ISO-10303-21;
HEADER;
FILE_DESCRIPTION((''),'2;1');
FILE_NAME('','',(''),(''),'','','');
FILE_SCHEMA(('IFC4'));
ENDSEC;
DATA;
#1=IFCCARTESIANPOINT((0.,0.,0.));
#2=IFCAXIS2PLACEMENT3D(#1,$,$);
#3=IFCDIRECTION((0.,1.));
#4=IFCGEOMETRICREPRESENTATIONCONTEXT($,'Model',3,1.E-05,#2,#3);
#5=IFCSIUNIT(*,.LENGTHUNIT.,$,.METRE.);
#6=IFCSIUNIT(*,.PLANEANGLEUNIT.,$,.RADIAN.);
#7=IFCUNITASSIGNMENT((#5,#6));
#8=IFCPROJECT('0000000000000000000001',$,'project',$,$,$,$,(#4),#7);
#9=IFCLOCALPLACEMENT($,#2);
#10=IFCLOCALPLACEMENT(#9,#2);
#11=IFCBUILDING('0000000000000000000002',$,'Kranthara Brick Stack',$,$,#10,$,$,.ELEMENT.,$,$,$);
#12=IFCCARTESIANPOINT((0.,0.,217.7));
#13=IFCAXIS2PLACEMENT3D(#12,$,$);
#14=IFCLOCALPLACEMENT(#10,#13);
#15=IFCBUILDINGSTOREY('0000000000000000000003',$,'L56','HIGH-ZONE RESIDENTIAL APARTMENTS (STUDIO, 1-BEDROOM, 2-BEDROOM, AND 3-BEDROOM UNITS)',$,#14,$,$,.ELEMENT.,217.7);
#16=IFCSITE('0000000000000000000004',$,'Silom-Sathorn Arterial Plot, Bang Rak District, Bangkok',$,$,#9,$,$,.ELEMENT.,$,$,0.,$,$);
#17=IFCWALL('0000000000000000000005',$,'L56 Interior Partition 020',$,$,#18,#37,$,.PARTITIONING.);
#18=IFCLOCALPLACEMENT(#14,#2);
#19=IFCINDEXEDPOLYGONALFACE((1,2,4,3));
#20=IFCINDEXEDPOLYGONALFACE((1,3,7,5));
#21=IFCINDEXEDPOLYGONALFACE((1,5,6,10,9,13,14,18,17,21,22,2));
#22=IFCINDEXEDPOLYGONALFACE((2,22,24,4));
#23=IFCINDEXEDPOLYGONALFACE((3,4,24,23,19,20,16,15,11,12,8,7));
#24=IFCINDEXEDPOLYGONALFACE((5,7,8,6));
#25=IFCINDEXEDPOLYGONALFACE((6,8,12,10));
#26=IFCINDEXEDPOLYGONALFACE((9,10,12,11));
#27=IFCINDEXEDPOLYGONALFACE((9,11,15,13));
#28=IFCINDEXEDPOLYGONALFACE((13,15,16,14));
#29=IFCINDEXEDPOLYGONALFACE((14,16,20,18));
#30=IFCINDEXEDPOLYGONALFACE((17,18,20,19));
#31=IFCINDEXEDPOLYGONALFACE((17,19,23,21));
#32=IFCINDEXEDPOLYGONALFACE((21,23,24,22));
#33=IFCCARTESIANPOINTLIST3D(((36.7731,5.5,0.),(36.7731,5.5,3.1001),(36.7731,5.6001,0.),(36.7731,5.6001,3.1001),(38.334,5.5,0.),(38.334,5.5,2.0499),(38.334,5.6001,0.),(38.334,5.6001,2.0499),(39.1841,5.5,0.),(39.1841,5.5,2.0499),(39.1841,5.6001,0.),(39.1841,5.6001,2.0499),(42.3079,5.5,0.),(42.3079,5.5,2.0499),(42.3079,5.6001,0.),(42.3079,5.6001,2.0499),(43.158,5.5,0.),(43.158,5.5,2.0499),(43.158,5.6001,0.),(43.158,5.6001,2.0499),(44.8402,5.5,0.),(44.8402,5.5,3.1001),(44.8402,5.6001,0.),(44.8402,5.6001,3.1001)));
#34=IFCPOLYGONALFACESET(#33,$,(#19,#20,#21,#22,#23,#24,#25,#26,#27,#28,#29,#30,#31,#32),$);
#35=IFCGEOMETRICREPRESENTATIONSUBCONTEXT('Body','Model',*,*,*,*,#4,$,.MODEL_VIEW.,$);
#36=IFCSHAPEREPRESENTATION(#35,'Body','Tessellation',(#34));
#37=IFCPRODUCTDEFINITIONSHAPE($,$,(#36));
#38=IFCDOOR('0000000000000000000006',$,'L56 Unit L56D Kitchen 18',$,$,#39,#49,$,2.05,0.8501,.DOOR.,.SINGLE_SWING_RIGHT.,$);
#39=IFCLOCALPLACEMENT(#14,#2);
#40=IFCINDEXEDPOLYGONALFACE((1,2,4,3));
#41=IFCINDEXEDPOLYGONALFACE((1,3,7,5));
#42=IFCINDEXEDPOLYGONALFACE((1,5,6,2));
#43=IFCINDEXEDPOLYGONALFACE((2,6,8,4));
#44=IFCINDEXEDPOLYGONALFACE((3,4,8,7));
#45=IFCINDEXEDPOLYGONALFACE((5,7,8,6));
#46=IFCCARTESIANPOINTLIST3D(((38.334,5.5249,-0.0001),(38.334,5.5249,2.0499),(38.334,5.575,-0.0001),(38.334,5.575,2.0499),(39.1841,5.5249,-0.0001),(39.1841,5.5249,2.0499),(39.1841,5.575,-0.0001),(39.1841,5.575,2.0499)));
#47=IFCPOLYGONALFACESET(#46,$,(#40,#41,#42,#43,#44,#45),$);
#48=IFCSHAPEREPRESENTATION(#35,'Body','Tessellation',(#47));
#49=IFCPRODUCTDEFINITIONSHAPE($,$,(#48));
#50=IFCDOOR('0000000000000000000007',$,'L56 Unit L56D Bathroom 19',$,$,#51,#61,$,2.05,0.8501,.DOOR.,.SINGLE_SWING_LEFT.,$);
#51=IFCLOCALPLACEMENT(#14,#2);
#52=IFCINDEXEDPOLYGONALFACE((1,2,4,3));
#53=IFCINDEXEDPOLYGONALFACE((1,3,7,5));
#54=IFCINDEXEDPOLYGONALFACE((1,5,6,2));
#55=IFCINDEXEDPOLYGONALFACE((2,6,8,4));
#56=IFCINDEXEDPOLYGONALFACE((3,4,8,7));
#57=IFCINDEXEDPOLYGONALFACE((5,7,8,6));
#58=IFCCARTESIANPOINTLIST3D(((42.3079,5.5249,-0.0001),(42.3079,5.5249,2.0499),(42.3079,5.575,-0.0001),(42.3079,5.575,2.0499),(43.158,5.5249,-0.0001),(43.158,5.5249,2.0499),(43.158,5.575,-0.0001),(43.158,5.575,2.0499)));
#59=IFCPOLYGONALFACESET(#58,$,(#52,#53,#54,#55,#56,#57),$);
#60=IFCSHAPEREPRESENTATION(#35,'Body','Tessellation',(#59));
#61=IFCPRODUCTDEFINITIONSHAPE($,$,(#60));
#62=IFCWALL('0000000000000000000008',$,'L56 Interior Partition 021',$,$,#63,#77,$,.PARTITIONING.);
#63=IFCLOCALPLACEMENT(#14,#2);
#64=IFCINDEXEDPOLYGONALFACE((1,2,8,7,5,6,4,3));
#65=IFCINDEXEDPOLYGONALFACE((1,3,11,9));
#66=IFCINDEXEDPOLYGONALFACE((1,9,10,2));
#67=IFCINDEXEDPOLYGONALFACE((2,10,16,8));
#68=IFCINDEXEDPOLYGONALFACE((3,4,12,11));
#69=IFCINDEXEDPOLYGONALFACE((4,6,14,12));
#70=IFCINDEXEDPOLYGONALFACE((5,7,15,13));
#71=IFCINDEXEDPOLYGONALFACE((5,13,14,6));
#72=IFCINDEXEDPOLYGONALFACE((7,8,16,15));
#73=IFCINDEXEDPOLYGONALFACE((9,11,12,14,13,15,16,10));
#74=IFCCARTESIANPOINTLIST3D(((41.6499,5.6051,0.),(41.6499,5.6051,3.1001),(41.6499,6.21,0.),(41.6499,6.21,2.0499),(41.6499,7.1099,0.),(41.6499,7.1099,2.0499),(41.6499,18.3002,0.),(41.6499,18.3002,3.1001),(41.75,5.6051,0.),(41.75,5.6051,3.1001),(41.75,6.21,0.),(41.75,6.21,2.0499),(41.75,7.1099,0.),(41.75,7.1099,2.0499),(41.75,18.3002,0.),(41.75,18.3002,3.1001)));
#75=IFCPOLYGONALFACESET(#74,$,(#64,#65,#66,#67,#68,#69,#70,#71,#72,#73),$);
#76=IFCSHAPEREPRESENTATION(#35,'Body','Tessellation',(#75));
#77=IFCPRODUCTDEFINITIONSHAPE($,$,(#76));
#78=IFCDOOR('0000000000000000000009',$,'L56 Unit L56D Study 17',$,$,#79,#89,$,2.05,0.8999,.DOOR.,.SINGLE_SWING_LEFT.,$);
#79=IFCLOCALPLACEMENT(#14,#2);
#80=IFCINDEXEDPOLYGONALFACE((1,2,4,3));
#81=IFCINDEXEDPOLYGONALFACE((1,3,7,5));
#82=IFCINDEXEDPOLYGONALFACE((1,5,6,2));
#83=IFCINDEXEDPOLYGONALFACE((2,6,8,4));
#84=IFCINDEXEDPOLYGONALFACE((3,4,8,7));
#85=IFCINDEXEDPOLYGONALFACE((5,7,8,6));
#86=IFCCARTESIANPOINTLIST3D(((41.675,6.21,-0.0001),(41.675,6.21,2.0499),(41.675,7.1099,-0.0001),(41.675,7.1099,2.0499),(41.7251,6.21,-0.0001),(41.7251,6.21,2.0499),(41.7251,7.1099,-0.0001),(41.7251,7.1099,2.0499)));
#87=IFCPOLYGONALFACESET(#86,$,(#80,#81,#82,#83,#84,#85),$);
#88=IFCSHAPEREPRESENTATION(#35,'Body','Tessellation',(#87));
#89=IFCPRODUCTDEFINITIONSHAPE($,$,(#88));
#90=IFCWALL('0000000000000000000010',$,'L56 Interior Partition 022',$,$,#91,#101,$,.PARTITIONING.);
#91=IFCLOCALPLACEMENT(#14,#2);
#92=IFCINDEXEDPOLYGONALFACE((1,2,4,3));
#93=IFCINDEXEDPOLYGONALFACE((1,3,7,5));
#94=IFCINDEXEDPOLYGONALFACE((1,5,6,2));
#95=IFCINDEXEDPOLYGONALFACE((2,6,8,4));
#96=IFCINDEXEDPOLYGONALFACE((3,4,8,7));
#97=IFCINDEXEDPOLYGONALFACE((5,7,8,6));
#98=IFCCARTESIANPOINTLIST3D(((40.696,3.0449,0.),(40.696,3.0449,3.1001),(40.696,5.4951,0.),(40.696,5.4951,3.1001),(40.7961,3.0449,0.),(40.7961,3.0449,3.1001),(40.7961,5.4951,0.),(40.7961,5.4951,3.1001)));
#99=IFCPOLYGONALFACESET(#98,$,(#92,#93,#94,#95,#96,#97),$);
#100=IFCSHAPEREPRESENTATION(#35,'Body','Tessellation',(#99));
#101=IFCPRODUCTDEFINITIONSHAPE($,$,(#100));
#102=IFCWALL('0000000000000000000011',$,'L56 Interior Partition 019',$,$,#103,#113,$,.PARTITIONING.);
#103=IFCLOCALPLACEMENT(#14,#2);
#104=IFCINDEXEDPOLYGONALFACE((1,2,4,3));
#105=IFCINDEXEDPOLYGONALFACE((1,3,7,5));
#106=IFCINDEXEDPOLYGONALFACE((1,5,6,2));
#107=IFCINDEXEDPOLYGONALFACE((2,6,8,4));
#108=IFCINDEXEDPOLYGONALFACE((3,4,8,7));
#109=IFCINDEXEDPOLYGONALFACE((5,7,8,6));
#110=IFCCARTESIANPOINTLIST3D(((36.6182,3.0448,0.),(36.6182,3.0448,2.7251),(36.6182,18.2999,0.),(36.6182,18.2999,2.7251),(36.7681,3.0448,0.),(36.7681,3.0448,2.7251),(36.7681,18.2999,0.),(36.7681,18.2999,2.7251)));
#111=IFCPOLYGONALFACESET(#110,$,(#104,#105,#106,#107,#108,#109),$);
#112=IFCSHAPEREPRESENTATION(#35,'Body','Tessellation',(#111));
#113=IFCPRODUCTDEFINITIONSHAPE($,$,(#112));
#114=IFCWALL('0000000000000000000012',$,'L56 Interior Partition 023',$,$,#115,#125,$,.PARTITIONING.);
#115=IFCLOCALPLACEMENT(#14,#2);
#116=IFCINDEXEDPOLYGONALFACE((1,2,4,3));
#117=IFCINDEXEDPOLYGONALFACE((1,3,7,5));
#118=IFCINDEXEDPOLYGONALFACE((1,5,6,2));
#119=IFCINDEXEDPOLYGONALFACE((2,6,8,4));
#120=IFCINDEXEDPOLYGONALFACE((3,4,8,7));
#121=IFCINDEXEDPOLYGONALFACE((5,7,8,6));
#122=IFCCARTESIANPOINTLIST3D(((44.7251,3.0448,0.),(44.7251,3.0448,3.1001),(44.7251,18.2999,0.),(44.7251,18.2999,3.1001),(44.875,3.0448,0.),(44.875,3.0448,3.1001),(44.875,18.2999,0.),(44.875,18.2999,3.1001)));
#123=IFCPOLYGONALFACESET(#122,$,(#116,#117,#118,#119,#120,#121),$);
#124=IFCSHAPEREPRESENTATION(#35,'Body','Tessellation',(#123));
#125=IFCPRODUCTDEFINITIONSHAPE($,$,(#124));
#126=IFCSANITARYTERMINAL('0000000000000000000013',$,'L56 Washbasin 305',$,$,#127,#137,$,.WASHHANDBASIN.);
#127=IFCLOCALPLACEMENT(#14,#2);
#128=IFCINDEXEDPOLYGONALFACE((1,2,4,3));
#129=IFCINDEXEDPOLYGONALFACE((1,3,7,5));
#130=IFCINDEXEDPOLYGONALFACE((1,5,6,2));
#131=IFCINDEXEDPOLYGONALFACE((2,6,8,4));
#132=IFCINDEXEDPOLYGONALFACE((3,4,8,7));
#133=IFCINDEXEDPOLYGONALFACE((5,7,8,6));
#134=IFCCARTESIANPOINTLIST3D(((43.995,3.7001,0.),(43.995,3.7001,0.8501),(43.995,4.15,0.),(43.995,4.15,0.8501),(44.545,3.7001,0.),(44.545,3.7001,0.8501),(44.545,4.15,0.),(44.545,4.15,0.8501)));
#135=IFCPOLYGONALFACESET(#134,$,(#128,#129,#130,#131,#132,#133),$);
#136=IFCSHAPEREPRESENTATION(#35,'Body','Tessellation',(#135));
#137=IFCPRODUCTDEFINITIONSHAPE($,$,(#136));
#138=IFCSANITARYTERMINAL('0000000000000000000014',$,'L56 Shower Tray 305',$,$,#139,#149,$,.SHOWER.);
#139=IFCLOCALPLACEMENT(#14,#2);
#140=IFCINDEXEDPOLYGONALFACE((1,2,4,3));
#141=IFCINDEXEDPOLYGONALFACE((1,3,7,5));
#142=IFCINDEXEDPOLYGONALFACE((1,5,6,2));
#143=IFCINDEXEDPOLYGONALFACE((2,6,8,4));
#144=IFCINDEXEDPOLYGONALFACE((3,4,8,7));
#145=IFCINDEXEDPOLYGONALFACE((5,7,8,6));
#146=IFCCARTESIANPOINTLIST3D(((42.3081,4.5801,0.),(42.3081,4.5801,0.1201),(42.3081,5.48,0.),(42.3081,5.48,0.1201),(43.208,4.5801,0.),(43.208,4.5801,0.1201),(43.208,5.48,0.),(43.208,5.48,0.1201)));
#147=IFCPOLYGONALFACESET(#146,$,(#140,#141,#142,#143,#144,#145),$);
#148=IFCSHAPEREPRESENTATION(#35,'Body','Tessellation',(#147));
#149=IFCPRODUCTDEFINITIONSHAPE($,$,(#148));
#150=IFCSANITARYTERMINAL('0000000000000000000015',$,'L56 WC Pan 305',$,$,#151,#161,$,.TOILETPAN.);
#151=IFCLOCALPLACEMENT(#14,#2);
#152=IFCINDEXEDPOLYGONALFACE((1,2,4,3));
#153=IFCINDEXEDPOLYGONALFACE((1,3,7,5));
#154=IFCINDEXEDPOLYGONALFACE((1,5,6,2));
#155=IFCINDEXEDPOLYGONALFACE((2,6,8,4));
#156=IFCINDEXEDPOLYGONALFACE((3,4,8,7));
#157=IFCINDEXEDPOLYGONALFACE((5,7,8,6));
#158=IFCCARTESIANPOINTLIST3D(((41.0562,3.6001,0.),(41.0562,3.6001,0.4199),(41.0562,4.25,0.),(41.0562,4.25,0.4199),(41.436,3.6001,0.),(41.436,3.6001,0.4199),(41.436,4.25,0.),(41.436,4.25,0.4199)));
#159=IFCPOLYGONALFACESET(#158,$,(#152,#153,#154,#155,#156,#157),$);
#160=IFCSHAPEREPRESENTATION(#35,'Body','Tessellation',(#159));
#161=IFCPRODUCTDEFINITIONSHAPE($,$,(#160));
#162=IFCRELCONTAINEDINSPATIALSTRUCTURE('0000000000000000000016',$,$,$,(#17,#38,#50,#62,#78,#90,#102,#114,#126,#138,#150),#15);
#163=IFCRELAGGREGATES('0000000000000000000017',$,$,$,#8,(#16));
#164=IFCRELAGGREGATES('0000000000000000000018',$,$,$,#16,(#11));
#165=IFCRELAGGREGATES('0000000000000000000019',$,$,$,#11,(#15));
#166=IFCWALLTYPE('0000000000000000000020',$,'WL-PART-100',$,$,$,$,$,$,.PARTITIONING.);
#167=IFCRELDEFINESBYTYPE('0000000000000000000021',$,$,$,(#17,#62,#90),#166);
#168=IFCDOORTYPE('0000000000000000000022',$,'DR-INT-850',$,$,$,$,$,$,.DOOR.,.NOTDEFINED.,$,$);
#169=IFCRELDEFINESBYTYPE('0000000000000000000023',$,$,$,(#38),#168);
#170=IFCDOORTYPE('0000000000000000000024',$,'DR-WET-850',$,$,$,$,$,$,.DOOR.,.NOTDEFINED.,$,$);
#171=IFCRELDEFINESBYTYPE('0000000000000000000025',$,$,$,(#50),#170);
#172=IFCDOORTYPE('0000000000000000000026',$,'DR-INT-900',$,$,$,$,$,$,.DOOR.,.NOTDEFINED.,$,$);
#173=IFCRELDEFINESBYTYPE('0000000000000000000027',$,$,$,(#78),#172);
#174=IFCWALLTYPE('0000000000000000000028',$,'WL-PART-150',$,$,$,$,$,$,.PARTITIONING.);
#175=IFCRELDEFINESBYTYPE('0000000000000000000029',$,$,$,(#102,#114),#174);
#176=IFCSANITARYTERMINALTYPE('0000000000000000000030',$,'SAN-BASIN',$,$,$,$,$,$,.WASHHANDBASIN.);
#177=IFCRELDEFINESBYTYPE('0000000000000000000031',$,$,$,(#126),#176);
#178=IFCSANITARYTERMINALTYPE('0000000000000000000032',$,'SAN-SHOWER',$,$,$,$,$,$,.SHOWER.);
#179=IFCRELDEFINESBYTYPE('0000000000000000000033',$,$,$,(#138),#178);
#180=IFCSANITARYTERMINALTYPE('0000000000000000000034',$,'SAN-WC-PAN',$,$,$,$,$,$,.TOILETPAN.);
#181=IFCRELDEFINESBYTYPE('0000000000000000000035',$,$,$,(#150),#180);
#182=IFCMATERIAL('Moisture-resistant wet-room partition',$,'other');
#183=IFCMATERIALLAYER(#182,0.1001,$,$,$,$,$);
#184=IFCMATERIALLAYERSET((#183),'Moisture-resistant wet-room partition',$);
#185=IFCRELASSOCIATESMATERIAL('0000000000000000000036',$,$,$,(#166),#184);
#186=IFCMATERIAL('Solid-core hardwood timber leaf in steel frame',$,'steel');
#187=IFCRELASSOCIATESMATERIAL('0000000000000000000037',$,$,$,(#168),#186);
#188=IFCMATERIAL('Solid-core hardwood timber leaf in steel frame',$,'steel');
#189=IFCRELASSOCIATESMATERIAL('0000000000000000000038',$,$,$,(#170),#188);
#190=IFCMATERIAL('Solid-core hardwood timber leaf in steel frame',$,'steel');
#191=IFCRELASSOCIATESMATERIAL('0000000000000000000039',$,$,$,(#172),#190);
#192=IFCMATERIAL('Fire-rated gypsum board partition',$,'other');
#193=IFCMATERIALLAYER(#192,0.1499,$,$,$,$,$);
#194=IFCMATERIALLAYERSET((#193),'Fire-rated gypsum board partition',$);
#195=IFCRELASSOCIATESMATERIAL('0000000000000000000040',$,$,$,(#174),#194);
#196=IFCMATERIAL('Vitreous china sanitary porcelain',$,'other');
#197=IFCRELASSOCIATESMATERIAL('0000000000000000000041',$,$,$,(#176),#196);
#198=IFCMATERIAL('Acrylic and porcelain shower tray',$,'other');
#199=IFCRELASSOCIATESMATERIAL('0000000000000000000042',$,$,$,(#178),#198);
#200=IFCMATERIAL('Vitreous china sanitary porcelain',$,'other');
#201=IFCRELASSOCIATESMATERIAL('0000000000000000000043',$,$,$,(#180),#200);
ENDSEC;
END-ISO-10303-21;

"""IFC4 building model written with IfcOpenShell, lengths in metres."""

from ifc_helpers import new_model, si_unit, direction, frame, frame_2d, origin, origin_2d, place, context, subcontext, project, spatial, rectangle, extrude, material, layer, layer_set, type_object, element, fill, save


model = new_model("IFC4")

# Units and contexts
model_context = context("Model", 3, precision=1e-05, world=origin(), true_north=direction((0.0, 1.0)))
body_context = subcontext(model_context, "Body", "Model", "MODEL_VIEW")
ifc_project = project(units=[si_unit("LENGTHUNIT", "METRE"), si_unit("PLANEANGLEUNIT", "RADIAN")], contexts=[model_context])

# Site, building, storey
site_placement = place(None, origin())
site = spatial("IfcSite", under=ifc_project, at=site_placement, Name="Silom-Sathorn Arterial Plot, Bang Rak District, Bangkok", CompositionType="ELEMENT", RefElevation=0.0)
building_placement = place(site_placement, origin())
building = spatial("IfcBuilding", under=site, at=building_placement, Name="Kranthara Brick Stack", CompositionType="ELEMENT")
storey_placement = place(building_placement, frame((0.0, 0.0, 217.7)))
storey = spatial("IfcBuildingStorey", under=building, at=storey_placement, Name="L56", Description="HIGH-ZONE RESIDENTIAL APARTMENTS (STUDIO, 1-BEDROOM, 2-BEDROOM, AND 3-BEDROOM UNITS)", CompositionType="ELEMENT", Elevation=217.7)

# Wall, openings, doors
ifc_material_1 = material(Name="Moisture-resistant wet-room partition", Category="other")
ifc_layer_1 = layer(ifc_material_1, 0.1001)
ifc_layer_set_1 = layer_set([ifc_layer_1], Name="Moisture-resistant wet-room partition")
wall_type_1 = type_object("IfcWallType", Name="WL-PART-100", PredefinedType="PARTITIONING", material=ifc_layer_set_1)
wall_1_placement = place(storey_placement, frame((36.7729, 5.55, 0.0), z_axis=(0.0, 0.0, 1.0), x_axis=(1.0, 0.0, 0.0)))
wall_1 = element("IfcWall", 1, at=wall_1_placement, inside=storey, type_object=wall_type_1, Name="L56 Interior Partition 020", PredefinedType="PARTITIONING", context=body_context, shape_type="SweptSolid", body=[
    extrude(rectangle(XDim=8.0671, YDim=0.1001, at=frame_2d((4.0337, 0.0))), origin(), (0.0, 0.0, 1.0), 3.1001),
])
opening_1_placement = place(wall_1_placement, frame((1.561, 0.0, 0.0)))
opening_1 = element("IfcOpeningElement", 2, at=opening_1_placement, cuts=wall_1, PredefinedType="OPENING", context=body_context, shape_type="SweptSolid", body=[
    extrude(rectangle(XDim=0.8501, YDim=2.05, at=frame_2d((0.425, 1.0249))), frame((0.0, 0.0601, 0.0), z_axis=(0.0, -1.0, 0.0), x_axis=(1.0, 0.0, 0.0)), (0.0, 0.0, 1.0), 0.1201),
])
opening_2_placement = place(wall_1_placement, frame((5.5349, 0.0, 0.0)))
opening_2 = element("IfcOpeningElement", 3, at=opening_2_placement, cuts=wall_1, PredefinedType="OPENING", context=body_context, shape_type="SweptSolid", body=[
    extrude(rectangle(XDim=0.8501, YDim=2.05, at=frame_2d((0.425, 1.0249))), frame((0.0, 0.0601, 0.0), z_axis=(0.0, -1.0, 0.0), x_axis=(1.0, 0.0, 0.0)), (0.0, 0.0, 1.0), 0.1201),
])
ifc_material_2 = material(Name="Solid-core hardwood timber leaf in steel frame", Category="steel")
door_type_1 = type_object("IfcDoorType", Name="DR-INT-850", OperationType="NOTDEFINED", PredefinedType="DOOR", material=ifc_material_2)
door_1_placement = place(opening_1_placement, origin())
door_1 = element("IfcDoor", 4, at=door_1_placement, inside=storey, type_object=door_type_1, Name="L56 Unit L56D Kitchen 18", OperationType="SINGLE_SWING_RIGHT", OverallHeight=2.05, OverallWidth=0.8501, PredefinedType="DOOR", context=body_context, shape_type="SweptSolid", body=[
    extrude(rectangle(XDim=0.8501, YDim=2.05, at=frame_2d((0.425, 1.0249))), frame((0.0, 0.0249, 0.0), z_axis=(0.0, -1.0, 0.0), x_axis=(1.0, 0.0, 0.0)), (0.0, 0.0, 1.0), 0.05),
])
fill(opening_1, door_1)
ifc_material_3 = material(Name="Solid-core hardwood timber leaf in steel frame", Category="steel")
door_type_2 = type_object("IfcDoorType", Name="DR-WET-850", OperationType="NOTDEFINED", PredefinedType="DOOR", material=ifc_material_3)
door_2_placement = place(opening_2_placement, origin())
door_2 = element("IfcDoor", 5, at=door_2_placement, inside=storey, type_object=door_type_2, Name="L56 Unit L56D Bathroom 19", OperationType="SINGLE_SWING_LEFT", OverallHeight=2.05, OverallWidth=0.8501, PredefinedType="DOOR", context=body_context, shape_type="SweptSolid", body=[
    extrude(rectangle(XDim=0.8501, YDim=2.05, at=frame_2d((0.425, 1.0249))), frame((0.0, 0.0249, 0.0), z_axis=(0.0, -1.0, 0.0), x_axis=(1.0, 0.0, 0.0)), (0.0, 0.0, 1.0), 0.05),
])
fill(opening_2, door_2)

# Wall, opening, door
wall_2_placement = place(storey_placement, frame((41.7, 5.605, 0.0), z_axis=(0.0, 0.0, 1.0), x_axis=(0.0, 1.0, 0.0)))
wall_2 = element("IfcWall", 6, at=wall_2_placement, inside=storey, type_object=wall_type_1, Name="L56 Interior Partition 021", PredefinedType="PARTITIONING", context=body_context, shape_type="SweptSolid", body=[
    extrude(rectangle(XDim=12.6951, YDim=0.1001, at=frame_2d((6.3477, 0.0))), origin(), (0.0, 0.0, 1.0), 3.1001),
])
opening_3_placement = place(wall_2_placement, frame((0.605, 0.0, 0.0)))
opening_3 = element("IfcOpeningElement", 7, at=opening_3_placement, cuts=wall_2, PredefinedType="OPENING", context=body_context, shape_type="SweptSolid", body=[
    extrude(rectangle(XDim=0.8999, YDim=2.05, at=frame_2d((0.45, 1.0249))), frame((0.0, 0.0601, 0.0), z_axis=(0.0, -1.0, 0.0), x_axis=(1.0, 0.0, 0.0)), (0.0, 0.0, 1.0), 0.1201),
])
ifc_material_4 = material(Name="Solid-core hardwood timber leaf in steel frame", Category="steel")
door_type_3 = type_object("IfcDoorType", Name="DR-INT-900", OperationType="NOTDEFINED", PredefinedType="DOOR", material=ifc_material_4)
door_3_placement = place(opening_3_placement, origin())
door_3 = element("IfcDoor", 8, at=door_3_placement, inside=storey, type_object=door_type_3, Name="L56 Unit L56D Study 17", OperationType="SINGLE_SWING_LEFT", OverallHeight=2.05, OverallWidth=0.8999, PredefinedType="DOOR", context=body_context, shape_type="SweptSolid", body=[
    extrude(rectangle(XDim=0.8999, YDim=2.05, at=frame_2d((0.45, 1.0249))), frame((0.0, 0.0249, 0.0), z_axis=(0.0, -1.0, 0.0), x_axis=(1.0, 0.0, 0.0)), (0.0, 0.0, 1.0), 0.05),
])
fill(opening_3, door_3)

# Walls
wall_3_placement = place(storey_placement, frame((40.7461, 3.0449, 0.0), z_axis=(0.0, 0.0, 1.0), x_axis=(0.0, 1.0, 0.0)))
element("IfcWall", 9, at=wall_3_placement, inside=storey, type_object=wall_type_1, Name="L56 Interior Partition 022", PredefinedType="PARTITIONING", context=body_context, shape_type="SweptSolid", body=[
    extrude(rectangle(XDim=2.4502, YDim=0.1001, at=frame_2d((1.2251, 0.0))), origin(), (0.0, 0.0, 1.0), 3.1001),
])
ifc_material_5 = material(Name="Fire-rated gypsum board partition", Category="other")
ifc_layer_2 = layer(ifc_material_5, 0.1499)
ifc_layer_set_2 = layer_set([ifc_layer_2], Name="Fire-rated gypsum board partition")
wall_type_2 = type_object("IfcWallType", Name="WL-PART-150", PredefinedType="PARTITIONING", material=ifc_layer_set_2)
wall_4_placement = place(storey_placement, frame((36.6931, 3.0449, 0.0), z_axis=(0.0, 0.0, 1.0), x_axis=(0.0, 1.0, 0.0)))
element("IfcWall", 10, at=wall_4_placement, inside=storey, type_object=wall_type_2, Name="L56 Interior Partition 019", PredefinedType="PARTITIONING", context=body_context, shape_type="SweptSolid", body=[
    extrude(rectangle(XDim=15.2551, YDim=0.1499, at=frame_2d((7.6274, 0.0))), origin(), (0.0, 0.0, 1.0), 2.7251),
])
wall_5_placement = place(storey_placement, frame((44.8, 3.0449, 0.0), z_axis=(0.0, 0.0, 1.0), x_axis=(0.0, 1.0, 0.0)))
element("IfcWall", 11, at=wall_5_placement, inside=storey, type_object=wall_type_2, Name="L56 Interior Partition 023", PredefinedType="PARTITIONING", context=body_context, shape_type="SweptSolid", body=[
    extrude(rectangle(XDim=15.2551, YDim=0.1499, at=frame_2d((7.6274, 0.0))), origin(), (0.0, 0.0, 1.0), 3.1001),
])

# Sanitary terminals
ifc_material_6 = material(Name="Vitreous china sanitary porcelain", Category="other")
sanitary_terminal_type_1 = type_object("IfcSanitaryTerminalType", Name="SAN-BASIN", PredefinedType="WASHHANDBASIN", material=ifc_material_6)
sanitary_terminal_1_placement = place(storey_placement, frame((44.27, 3.925, 0.0), z_axis=(0.0, 0.0, 1.0), x_axis=(1.0, 0.0, 0.0)))
element("IfcSanitaryTerminal", 12, at=sanitary_terminal_1_placement, inside=storey, type_object=sanitary_terminal_type_1, Name="L56 Washbasin 305", PredefinedType="WASHHANDBASIN", context=body_context, shape_type="SweptSolid", body=[
    extrude(rectangle(XDim=0.55, YDim=0.45, at=origin_2d()), origin(), (0.0, 0.0, 1.0), 0.8501),
])
ifc_material_7 = material(Name="Acrylic and porcelain shower tray", Category="other")
sanitary_terminal_type_2 = type_object("IfcSanitaryTerminalType", Name="SAN-SHOWER", PredefinedType="SHOWER", material=ifc_material_7)
sanitary_terminal_2_placement = place(storey_placement, frame((42.7581, 5.03, 0.0), z_axis=(0.0, 0.0, 1.0), x_axis=(1.0, 0.0, 0.0)))
element("IfcSanitaryTerminal", 13, at=sanitary_terminal_2_placement, inside=storey, type_object=sanitary_terminal_type_2, Name="L56 Shower Tray 305", PredefinedType="SHOWER", context=body_context, shape_type="SweptSolid", body=[
    extrude(rectangle(XDim=0.8999, YDim=0.8999, at=origin_2d()), origin(), (0.0, 0.0, 1.0), 0.1201),
])
ifc_material_8 = material(Name="Vitreous china sanitary porcelain", Category="other")
sanitary_terminal_type_3 = type_object("IfcSanitaryTerminalType", Name="SAN-WC-PAN", PredefinedType="TOILETPAN", material=ifc_material_8)
sanitary_terminal_3_placement = place(storey_placement, frame((41.2461, 3.925, 0.0), z_axis=(0.0, 0.0, 1.0), x_axis=(1.0, 0.0, 0.0)))
element("IfcSanitaryTerminal", 14, at=sanitary_terminal_3_placement, inside=storey, type_object=sanitary_terminal_type_3, Name="L56 WC Pan 305", PredefinedType="TOILETPAN", context=body_context, shape_type="SweptSolid", body=[
    extrude(rectangle(XDim=0.3799, YDim=0.6499, at=origin_2d()), origin(), (0.0, 0.0, 1.0), 0.4199),
])

save(model, "model.ifc")
